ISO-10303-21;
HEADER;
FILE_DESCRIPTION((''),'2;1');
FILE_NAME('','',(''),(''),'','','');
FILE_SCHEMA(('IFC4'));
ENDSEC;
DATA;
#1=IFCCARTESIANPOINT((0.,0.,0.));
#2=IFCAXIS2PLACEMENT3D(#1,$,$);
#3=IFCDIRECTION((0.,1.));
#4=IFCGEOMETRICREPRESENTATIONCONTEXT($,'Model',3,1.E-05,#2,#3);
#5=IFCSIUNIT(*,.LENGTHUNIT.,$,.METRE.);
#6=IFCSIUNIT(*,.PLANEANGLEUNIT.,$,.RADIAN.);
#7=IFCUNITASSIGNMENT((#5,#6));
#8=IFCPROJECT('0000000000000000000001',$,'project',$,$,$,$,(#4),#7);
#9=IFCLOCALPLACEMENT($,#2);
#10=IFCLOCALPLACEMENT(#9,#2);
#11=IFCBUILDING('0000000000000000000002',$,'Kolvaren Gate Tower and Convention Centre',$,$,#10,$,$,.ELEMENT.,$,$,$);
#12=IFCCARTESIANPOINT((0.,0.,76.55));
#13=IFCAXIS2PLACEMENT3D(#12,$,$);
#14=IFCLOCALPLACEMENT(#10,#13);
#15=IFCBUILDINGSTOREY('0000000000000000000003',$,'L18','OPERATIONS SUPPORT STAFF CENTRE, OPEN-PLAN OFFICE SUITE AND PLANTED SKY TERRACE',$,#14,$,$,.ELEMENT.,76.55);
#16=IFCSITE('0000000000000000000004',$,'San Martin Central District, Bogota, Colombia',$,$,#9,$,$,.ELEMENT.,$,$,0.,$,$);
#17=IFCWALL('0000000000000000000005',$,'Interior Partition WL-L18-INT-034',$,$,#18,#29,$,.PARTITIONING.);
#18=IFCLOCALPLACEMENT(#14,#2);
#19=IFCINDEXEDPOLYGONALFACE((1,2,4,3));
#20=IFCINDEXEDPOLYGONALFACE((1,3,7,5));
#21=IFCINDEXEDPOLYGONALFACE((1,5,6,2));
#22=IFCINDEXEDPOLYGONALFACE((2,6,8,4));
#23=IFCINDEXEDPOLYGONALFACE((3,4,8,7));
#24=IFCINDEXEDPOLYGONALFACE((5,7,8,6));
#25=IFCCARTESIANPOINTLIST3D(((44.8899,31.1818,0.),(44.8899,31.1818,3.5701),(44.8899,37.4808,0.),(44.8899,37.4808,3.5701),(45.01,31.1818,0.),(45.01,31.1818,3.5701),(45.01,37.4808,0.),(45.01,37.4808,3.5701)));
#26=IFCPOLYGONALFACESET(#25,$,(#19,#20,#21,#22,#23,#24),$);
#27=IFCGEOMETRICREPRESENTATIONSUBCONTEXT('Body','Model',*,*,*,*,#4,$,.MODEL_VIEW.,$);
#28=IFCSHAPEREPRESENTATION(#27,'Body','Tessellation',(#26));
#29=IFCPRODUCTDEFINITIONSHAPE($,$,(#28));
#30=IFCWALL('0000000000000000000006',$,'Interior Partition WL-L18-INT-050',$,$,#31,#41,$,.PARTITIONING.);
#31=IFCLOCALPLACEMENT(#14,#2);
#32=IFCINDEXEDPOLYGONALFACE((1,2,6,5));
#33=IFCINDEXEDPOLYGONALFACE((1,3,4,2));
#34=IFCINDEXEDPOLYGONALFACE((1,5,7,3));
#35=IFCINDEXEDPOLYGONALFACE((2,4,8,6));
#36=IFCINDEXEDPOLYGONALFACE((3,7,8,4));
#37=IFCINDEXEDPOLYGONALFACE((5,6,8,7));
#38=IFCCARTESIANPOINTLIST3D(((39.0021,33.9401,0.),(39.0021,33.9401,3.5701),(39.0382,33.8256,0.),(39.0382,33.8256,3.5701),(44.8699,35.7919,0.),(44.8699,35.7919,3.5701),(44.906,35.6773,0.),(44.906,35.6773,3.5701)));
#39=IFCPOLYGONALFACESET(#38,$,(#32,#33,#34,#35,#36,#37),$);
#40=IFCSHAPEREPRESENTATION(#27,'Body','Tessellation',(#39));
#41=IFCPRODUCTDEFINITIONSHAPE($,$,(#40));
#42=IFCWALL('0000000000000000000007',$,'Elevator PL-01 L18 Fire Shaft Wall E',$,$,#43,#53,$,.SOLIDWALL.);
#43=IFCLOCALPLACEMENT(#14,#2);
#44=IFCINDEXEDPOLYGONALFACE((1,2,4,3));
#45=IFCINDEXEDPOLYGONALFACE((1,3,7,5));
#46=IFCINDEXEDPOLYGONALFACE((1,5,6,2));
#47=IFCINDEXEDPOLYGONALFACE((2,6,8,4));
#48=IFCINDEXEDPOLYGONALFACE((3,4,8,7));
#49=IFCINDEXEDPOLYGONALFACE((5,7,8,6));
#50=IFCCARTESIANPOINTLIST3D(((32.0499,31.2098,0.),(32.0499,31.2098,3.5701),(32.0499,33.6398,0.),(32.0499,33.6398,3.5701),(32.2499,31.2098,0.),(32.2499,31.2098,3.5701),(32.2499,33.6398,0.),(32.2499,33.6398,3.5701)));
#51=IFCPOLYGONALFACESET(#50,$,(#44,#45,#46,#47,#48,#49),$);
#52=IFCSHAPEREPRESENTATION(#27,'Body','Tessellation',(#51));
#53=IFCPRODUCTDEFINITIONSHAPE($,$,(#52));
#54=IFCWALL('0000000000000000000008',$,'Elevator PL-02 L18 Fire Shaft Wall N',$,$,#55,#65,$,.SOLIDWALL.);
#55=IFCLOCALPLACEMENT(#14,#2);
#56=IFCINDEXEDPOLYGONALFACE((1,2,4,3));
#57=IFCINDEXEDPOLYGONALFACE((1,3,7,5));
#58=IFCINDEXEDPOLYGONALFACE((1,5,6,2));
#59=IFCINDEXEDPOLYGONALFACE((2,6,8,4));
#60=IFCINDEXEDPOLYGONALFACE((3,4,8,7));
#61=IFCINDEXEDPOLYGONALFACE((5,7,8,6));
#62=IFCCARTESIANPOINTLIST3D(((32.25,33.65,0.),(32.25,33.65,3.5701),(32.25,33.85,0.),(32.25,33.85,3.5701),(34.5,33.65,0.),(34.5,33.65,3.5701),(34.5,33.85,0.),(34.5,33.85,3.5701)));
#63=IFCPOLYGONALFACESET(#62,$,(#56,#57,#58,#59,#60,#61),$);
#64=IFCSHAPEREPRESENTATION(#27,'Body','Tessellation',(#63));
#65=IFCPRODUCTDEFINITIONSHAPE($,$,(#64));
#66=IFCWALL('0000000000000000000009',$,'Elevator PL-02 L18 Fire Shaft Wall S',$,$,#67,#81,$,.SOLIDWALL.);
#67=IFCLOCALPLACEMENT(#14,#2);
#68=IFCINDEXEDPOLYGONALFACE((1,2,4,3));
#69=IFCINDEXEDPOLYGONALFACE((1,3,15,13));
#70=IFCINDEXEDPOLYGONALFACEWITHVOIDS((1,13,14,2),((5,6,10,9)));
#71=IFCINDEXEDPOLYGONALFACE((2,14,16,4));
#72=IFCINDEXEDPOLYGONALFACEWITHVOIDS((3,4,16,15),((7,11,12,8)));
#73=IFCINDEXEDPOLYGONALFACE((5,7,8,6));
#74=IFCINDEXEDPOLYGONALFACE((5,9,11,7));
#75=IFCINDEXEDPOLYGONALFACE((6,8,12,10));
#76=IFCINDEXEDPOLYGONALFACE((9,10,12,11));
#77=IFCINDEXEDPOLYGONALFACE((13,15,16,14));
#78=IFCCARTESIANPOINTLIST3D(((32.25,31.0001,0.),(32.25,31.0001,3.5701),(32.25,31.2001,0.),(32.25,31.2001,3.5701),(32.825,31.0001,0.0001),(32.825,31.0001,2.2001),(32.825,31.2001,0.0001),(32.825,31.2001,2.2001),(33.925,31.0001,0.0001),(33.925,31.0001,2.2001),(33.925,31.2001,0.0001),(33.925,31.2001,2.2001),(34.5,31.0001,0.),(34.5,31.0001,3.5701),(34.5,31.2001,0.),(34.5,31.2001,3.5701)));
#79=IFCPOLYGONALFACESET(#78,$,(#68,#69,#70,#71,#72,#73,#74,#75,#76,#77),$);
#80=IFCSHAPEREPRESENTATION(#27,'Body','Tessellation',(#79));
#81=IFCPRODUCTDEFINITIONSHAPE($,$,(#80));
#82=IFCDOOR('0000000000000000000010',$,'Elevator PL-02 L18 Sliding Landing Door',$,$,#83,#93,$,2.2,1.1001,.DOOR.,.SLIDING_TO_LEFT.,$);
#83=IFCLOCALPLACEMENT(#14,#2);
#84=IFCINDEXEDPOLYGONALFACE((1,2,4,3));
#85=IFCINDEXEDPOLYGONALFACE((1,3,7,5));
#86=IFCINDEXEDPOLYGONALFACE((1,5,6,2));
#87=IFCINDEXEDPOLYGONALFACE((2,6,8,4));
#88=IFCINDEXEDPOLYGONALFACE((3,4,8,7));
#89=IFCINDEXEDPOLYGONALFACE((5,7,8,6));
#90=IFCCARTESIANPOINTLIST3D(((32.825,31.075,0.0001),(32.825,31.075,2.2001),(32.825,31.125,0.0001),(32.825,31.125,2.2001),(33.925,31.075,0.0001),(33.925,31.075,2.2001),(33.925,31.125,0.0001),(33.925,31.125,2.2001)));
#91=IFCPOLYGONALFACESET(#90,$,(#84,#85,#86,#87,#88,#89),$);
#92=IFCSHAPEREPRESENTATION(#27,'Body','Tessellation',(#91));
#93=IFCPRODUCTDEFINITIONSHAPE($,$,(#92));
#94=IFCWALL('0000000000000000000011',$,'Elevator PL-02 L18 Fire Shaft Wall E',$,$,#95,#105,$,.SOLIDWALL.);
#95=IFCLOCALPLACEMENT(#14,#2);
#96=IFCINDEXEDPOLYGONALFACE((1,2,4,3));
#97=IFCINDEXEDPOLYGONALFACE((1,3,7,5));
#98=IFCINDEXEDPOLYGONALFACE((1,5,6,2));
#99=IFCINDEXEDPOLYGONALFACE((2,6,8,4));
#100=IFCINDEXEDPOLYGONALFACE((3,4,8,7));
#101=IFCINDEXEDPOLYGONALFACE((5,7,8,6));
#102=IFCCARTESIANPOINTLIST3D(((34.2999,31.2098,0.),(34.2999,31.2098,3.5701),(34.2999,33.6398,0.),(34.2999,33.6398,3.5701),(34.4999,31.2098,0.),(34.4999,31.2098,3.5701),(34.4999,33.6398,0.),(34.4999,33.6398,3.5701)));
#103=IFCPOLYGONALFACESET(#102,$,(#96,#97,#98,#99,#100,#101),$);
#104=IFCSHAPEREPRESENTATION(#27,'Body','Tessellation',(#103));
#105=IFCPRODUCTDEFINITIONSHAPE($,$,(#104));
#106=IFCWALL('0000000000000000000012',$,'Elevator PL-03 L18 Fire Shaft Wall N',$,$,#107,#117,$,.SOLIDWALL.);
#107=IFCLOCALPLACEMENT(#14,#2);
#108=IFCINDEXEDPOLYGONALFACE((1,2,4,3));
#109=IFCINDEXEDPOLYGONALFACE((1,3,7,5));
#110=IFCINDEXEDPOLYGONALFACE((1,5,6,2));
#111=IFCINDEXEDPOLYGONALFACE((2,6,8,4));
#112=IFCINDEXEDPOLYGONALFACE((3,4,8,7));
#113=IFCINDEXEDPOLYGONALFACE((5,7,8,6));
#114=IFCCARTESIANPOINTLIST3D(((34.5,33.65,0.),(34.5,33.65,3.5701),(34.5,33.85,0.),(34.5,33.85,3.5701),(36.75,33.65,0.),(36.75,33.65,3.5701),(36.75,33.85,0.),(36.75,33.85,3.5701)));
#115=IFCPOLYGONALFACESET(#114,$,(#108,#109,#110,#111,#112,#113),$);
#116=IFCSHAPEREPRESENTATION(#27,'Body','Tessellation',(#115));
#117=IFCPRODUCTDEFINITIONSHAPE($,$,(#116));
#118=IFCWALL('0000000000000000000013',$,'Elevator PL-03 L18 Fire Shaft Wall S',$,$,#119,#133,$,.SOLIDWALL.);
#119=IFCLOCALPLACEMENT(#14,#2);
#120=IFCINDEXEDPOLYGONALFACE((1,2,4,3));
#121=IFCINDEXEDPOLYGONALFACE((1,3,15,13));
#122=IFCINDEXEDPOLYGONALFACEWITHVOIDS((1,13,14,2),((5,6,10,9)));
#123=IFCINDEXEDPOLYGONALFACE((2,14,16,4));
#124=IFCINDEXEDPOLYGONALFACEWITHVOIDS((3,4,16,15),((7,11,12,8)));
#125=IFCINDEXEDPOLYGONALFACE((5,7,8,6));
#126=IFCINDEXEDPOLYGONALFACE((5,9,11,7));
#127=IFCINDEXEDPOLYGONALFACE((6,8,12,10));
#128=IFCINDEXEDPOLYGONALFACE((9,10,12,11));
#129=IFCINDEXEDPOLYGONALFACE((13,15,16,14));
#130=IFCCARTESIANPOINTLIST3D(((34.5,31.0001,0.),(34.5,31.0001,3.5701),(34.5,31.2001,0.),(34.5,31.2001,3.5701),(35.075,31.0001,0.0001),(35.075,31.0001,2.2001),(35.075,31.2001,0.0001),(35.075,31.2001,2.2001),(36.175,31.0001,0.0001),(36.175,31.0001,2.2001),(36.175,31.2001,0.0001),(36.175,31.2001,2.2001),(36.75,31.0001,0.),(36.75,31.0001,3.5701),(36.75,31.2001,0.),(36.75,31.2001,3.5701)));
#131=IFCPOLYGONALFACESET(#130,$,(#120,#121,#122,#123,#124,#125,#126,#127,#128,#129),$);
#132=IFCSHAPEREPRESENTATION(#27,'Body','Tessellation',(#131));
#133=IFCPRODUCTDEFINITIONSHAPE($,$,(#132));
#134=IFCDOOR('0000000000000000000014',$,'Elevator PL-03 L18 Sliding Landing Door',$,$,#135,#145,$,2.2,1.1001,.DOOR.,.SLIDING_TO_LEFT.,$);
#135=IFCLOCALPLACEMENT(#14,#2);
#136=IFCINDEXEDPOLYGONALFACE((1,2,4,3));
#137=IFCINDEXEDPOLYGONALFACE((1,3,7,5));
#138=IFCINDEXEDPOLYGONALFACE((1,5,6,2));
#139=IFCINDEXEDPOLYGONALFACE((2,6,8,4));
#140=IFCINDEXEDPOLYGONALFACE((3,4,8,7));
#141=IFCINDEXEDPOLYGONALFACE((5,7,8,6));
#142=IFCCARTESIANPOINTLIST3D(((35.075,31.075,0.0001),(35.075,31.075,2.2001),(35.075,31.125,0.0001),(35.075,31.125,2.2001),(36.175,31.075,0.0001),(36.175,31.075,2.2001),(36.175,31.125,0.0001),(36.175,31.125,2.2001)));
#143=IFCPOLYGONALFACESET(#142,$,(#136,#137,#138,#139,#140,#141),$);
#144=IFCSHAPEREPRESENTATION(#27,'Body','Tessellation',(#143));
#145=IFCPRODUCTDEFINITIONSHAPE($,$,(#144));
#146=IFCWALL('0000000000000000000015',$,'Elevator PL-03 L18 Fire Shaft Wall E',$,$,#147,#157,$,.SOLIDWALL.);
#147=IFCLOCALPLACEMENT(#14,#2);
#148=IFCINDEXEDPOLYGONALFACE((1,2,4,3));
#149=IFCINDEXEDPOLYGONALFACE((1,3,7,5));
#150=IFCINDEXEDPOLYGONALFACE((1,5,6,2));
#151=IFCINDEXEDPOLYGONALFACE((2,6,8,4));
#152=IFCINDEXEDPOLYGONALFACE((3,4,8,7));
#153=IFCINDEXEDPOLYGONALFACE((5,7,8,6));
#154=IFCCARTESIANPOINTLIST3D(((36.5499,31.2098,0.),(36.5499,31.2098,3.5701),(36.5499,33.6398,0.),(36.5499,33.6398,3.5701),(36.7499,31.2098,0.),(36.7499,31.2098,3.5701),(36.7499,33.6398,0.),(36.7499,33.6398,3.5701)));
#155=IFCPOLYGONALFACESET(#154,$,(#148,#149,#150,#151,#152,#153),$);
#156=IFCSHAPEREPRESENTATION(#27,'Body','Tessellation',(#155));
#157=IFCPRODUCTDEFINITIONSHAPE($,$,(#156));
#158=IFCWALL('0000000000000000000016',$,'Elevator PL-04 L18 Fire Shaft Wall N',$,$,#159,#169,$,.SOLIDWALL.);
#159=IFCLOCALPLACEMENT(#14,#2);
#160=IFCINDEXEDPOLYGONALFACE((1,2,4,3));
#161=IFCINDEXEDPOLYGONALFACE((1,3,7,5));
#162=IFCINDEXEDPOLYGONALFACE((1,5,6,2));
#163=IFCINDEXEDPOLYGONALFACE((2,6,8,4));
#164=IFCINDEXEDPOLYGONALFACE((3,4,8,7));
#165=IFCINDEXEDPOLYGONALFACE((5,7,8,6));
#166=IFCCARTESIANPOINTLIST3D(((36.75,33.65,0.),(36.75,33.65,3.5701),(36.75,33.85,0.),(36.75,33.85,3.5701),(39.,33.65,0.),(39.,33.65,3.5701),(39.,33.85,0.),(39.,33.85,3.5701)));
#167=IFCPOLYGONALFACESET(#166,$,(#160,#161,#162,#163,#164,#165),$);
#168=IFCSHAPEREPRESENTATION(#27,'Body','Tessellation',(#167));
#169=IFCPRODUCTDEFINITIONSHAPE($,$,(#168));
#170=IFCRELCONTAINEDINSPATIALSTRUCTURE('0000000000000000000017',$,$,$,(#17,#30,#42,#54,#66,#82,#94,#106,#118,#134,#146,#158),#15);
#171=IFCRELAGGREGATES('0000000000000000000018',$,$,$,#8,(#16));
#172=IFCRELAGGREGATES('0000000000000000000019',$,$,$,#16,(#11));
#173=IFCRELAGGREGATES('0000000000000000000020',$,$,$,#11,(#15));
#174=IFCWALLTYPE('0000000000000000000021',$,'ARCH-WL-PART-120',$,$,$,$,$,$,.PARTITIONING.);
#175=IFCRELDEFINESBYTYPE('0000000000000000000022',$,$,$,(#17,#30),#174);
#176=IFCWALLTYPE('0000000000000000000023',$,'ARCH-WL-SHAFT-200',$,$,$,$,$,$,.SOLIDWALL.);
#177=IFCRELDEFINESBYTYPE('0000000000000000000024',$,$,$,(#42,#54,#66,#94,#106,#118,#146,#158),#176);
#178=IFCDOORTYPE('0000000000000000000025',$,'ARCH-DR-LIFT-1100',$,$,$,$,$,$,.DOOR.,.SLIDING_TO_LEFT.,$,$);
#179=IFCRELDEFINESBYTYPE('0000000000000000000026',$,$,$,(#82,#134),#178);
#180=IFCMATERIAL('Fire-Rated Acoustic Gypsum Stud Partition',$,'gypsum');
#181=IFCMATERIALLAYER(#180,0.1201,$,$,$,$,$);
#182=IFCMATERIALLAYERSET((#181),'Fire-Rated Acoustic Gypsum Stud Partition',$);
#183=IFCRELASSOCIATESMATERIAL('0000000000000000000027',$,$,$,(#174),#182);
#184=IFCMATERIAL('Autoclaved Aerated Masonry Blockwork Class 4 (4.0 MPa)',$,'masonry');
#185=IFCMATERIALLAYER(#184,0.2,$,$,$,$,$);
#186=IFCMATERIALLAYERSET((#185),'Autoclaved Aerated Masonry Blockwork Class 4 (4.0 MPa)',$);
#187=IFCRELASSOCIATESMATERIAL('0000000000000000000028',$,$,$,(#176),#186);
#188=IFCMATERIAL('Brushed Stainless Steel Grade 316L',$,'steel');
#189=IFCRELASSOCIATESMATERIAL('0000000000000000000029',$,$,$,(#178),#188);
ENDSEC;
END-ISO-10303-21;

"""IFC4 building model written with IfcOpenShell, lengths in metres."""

from ifc_helpers import new_model, si_unit, direction, frame, frame_2d, origin, place, context, subcontext, project, spatial, rectangle, extrude, material, layer, layer_set, type_object, element, fill, save


model = new_model("IFC4")

# Units and contexts
model_context = context("Model", 3, precision=1e-05, world=origin(), true_north=direction((0.0, 1.0)))
body_context = subcontext(model_context, "Body", "Model", "MODEL_VIEW")
ifc_project = project(units=[si_unit("LENGTHUNIT", "METRE"), si_unit("PLANEANGLEUNIT", "RADIAN")], contexts=[model_context])

# Site, building, storey
site_placement = place(None, origin())
site = spatial("IfcSite", under=ifc_project, at=site_placement, Name="San Martin Central District, Bogota, Colombia", CompositionType="ELEMENT", RefElevation=0.0)
building_placement = place(site_placement, origin())
building = spatial("IfcBuilding", under=site, at=building_placement, Name="Kolvaren Gate Tower and Convention Centre", CompositionType="ELEMENT")
storey_placement = place(building_placement, frame((0.0, 0.0, 76.55)))
storey = spatial("IfcBuildingStorey", under=building, at=storey_placement, Name="L18", Description="OPERATIONS SUPPORT STAFF CENTRE, OPEN-PLAN OFFICE SUITE AND PLANTED SKY TERRACE", CompositionType="ELEMENT", Elevation=76.55)

# Shared definitions
ifc_material_1 = material(Name="Fire-Rated Acoustic Gypsum Stud Partition", Category="gypsum")
ifc_layer_1 = layer(ifc_material_1, 0.1201)
ifc_layer_set_1 = layer_set([ifc_layer_1], Name="Fire-Rated Acoustic Gypsum Stud Partition")
wall_type_1 = type_object("IfcWallType", Name="ARCH-WL-PART-120", PredefinedType="PARTITIONING", material=ifc_layer_set_1)

# Walls
wall_1_placement = place(storey_placement, frame((44.95, 31.1819, 0.0), z_axis=(0.0, 0.0, 1.0), x_axis=(0.0, 1.0, 0.0)))
element("IfcWall", 1, at=wall_1_placement, inside=storey, type_object=wall_type_1, Name="Interior Partition WL-L18-INT-034", PredefinedType="PARTITIONING", context=body_context, shape_type="SweptSolid", body=[
    extrude(rectangle(XDim=6.2991, YDim=0.1201, at=frame_2d((3.1494, 0.0))), origin(), (0.0, 0.0, 1.0), 3.5701),
])
wall_2_placement = place(storey_placement, frame((39.02, 33.8828, 0.0), z_axis=(0.0, 0.0, 1.0), x_axis=(0.95364, 0.300951, 0.0)))
element("IfcWall", 2, at=wall_2_placement, inside=storey, type_object=wall_type_1, Name="Interior Partition WL-L18-INT-050", PredefinedType="PARTITIONING", context=body_context, shape_type="SweptSolid", body=[
    extrude(rectangle(XDim=6.1531, YDim=0.1201, at=frame_2d((3.0767, 0.0))), origin(), (0.0, 0.0, 1.0), 3.5701),
])
ifc_material_2 = material(Name="Autoclaved Aerated Masonry Blockwork Class 4 (4.0 MPa)", Category="masonry")
ifc_layer_2 = layer(ifc_material_2, 0.2)
ifc_layer_set_2 = layer_set([ifc_layer_2], Name="Autoclaved Aerated Masonry Blockwork Class 4 (4.0 MPa)")
wall_type_2 = type_object("IfcWallType", Name="ARCH-WL-SHAFT-200", PredefinedType="SOLIDWALL", material=ifc_layer_set_2)
wall_3_placement = place(storey_placement, frame((32.1499, 31.21, 0.0), z_axis=(0.0, 0.0, 1.0), x_axis=(0.0, 1.0, 0.0)))
element("IfcWall", 3, at=wall_3_placement, inside=storey, type_object=wall_type_2, Name="Elevator PL-01 L18 Fire Shaft Wall E", PredefinedType="SOLIDWALL", context=body_context, shape_type="SweptSolid", body=[
    extrude(rectangle(XDim=2.4299, YDim=0.2, at=frame_2d((1.2148, 0.0))), origin(), (0.0, 0.0, 1.0), 3.5701),
])
wall_4_placement = place(storey_placement, frame((32.25, 33.75, 0.0), z_axis=(0.0, 0.0, 1.0), x_axis=(1.0, 0.0, 0.0)))
element("IfcWall", 4, at=wall_4_placement, inside=storey, type_object=wall_type_2, Name="Elevator PL-02 L18 Fire Shaft Wall N", PredefinedType="SOLIDWALL", context=body_context, shape_type="SweptSolid", body=[
    extrude(rectangle(XDim=2.25, YDim=0.2, at=frame_2d((1.125, 0.0))), origin(), (0.0, 0.0, 1.0), 3.5701),
])

# Wall, opening, door
wall_5_placement = place(storey_placement, frame((32.25, 31.1001, 0.0), z_axis=(0.0, 0.0, 1.0), x_axis=(1.0, 0.0, 0.0)))
wall_5 = element("IfcWall", 5, at=wall_5_placement, inside=storey, type_object=wall_type_2, Name="Elevator PL-02 L18 Fire Shaft Wall S", PredefinedType="SOLIDWALL", context=body_context, shape_type="SweptSolid", body=[
    extrude(rectangle(XDim=2.25, YDim=0.2, at=frame_2d((1.125, 0.0))), origin(), (0.0, 0.0, 1.0), 3.5701),
])
opening_1_placement = place(wall_5_placement, frame((0.575, 0.0, 0.0)))
opening_1 = element("IfcOpeningElement", 6, at=opening_1_placement, cuts=wall_5, PredefinedType="OPENING", context=body_context, shape_type="SweptSolid", body=[
    extrude(rectangle(XDim=1.1001, YDim=2.2, at=frame_2d((0.55, 1.1001))), frame((0.0, 0.1099, 0.0), z_axis=(0.0, -1.0, 0.0), x_axis=(1.0, 0.0, 0.0)), (0.0, 0.0, 1.0), 0.22),
])
ifc_material_3 = material(Name="Brushed Stainless Steel Grade 316L", Category="steel")
door_type_1 = type_object("IfcDoorType", Name="ARCH-DR-LIFT-1100", OperationType="SLIDING_TO_LEFT", PredefinedType="DOOR", material=ifc_material_3)
door_1_placement = place(opening_1_placement, origin())
door_1 = element("IfcDoor", 7, at=door_1_placement, inside=storey, type_object=door_type_1, Name="Elevator PL-02 L18 Sliding Landing Door", OperationType="SLIDING_TO_LEFT", OverallHeight=2.2, OverallWidth=1.1001, PredefinedType="DOOR", context=body_context, shape_type="SweptSolid", body=[
    extrude(rectangle(XDim=1.1001, YDim=2.2, at=frame_2d((0.55, 1.1001))), frame((0.0, 0.0249, 0.0), z_axis=(0.0, -1.0, 0.0), x_axis=(1.0, 0.0, 0.0)), (0.0, 0.0, 1.0), 0.05),
])
fill(opening_1, door_1)

# Walls
wall_6_placement = place(storey_placement, frame((34.3999, 31.21, 0.0), z_axis=(0.0, 0.0, 1.0), x_axis=(0.0, 1.0, 0.0)))
element("IfcWall", 8, at=wall_6_placement, inside=storey, type_object=wall_type_2, Name="Elevator PL-02 L18 Fire Shaft Wall E", PredefinedType="SOLIDWALL", context=body_context, shape_type="SweptSolid", body=[
    extrude(rectangle(XDim=2.4299, YDim=0.2, at=frame_2d((1.2148, 0.0))), origin(), (0.0, 0.0, 1.0), 3.5701),
])
wall_7_placement = place(storey_placement, frame((34.5, 33.75, 0.0), z_axis=(0.0, 0.0, 1.0), x_axis=(1.0, 0.0, 0.0)))
element("IfcWall", 9, at=wall_7_placement, inside=storey, type_object=wall_type_2, Name="Elevator PL-03 L18 Fire Shaft Wall N", PredefinedType="SOLIDWALL", context=body_context, shape_type="SweptSolid", body=[
    extrude(rectangle(XDim=2.25, YDim=0.2, at=frame_2d((1.125, 0.0))), origin(), (0.0, 0.0, 1.0), 3.5701),
])

# Wall, opening, door
wall_8_placement = place(storey_placement, frame((34.5, 31.1001, 0.0), z_axis=(0.0, 0.0, 1.0), x_axis=(1.0, 0.0, 0.0)))
wall_8 = element("IfcWall", 10, at=wall_8_placement, inside=storey, type_object=wall_type_2, Name="Elevator PL-03 L18 Fire Shaft Wall S", PredefinedType="SOLIDWALL", context=body_context, shape_type="SweptSolid", body=[
    extrude(rectangle(XDim=2.25, YDim=0.2, at=frame_2d((1.125, 0.0))), origin(), (0.0, 0.0, 1.0), 3.5701),
])
opening_2_placement = place(wall_8_placement, frame((0.575, 0.0, 0.0)))
opening_2 = element("IfcOpeningElement", 11, at=opening_2_placement, cuts=wall_8, PredefinedType="OPENING", context=body_context, shape_type="SweptSolid", body=[
    extrude(rectangle(XDim=1.1001, YDim=2.2, at=frame_2d((0.55, 1.1001))), frame((0.0, 0.1099, 0.0), z_axis=(0.0, -1.0, 0.0), x_axis=(1.0, 0.0, 0.0)), (0.0, 0.0, 1.0), 0.22),
])
door_2_placement = place(opening_2_placement, origin())
door_2 = element("IfcDoor", 12, at=door_2_placement, inside=storey, type_object=door_type_1, Name="Elevator PL-03 L18 Sliding Landing Door", OperationType="SLIDING_TO_LEFT", OverallHeight=2.2, OverallWidth=1.1001, PredefinedType="DOOR", context=body_context, shape_type="SweptSolid", body=[
    extrude(rectangle(XDim=1.1001, YDim=2.2, at=frame_2d((0.55, 1.1001))), frame((0.0, 0.0249, 0.0), z_axis=(0.0, -1.0, 0.0), x_axis=(1.0, 0.0, 0.0)), (0.0, 0.0, 1.0), 0.05),
])
fill(opening_2, door_2)

# Walls
wall_9_placement = place(storey_placement, frame((36.6499, 31.21, 0.0), z_axis=(0.0, 0.0, 1.0), x_axis=(0.0, 1.0, 0.0)))
element("IfcWall", 13, at=wall_9_placement, inside=storey, type_object=wall_type_2, Name="Elevator PL-03 L18 Fire Shaft Wall E", PredefinedType="SOLIDWALL", context=body_context, shape_type="SweptSolid", body=[
    extrude(rectangle(XDim=2.4299, YDim=0.2, at=frame_2d((1.2148, 0.0))), origin(), (0.0, 0.0, 1.0), 3.5701),
])
wall_10_placement = place(storey_placement, frame((36.75, 33.75, 0.0), z_axis=(0.0, 0.0, 1.0), x_axis=(1.0, 0.0, 0.0)))
element("IfcWall", 14, at=wall_10_placement, inside=storey, type_object=wall_type_2, Name="Elevator PL-04 L18 Fire Shaft Wall N", PredefinedType="SOLIDWALL", context=body_context, shape_type="SweptSolid", body=[
    extrude(rectangle(XDim=2.25, YDim=0.2, at=frame_2d((1.125, 0.0))), origin(), (0.0, 0.0, 1.0), 3.5701),
])

save(model, "model.ifc")
